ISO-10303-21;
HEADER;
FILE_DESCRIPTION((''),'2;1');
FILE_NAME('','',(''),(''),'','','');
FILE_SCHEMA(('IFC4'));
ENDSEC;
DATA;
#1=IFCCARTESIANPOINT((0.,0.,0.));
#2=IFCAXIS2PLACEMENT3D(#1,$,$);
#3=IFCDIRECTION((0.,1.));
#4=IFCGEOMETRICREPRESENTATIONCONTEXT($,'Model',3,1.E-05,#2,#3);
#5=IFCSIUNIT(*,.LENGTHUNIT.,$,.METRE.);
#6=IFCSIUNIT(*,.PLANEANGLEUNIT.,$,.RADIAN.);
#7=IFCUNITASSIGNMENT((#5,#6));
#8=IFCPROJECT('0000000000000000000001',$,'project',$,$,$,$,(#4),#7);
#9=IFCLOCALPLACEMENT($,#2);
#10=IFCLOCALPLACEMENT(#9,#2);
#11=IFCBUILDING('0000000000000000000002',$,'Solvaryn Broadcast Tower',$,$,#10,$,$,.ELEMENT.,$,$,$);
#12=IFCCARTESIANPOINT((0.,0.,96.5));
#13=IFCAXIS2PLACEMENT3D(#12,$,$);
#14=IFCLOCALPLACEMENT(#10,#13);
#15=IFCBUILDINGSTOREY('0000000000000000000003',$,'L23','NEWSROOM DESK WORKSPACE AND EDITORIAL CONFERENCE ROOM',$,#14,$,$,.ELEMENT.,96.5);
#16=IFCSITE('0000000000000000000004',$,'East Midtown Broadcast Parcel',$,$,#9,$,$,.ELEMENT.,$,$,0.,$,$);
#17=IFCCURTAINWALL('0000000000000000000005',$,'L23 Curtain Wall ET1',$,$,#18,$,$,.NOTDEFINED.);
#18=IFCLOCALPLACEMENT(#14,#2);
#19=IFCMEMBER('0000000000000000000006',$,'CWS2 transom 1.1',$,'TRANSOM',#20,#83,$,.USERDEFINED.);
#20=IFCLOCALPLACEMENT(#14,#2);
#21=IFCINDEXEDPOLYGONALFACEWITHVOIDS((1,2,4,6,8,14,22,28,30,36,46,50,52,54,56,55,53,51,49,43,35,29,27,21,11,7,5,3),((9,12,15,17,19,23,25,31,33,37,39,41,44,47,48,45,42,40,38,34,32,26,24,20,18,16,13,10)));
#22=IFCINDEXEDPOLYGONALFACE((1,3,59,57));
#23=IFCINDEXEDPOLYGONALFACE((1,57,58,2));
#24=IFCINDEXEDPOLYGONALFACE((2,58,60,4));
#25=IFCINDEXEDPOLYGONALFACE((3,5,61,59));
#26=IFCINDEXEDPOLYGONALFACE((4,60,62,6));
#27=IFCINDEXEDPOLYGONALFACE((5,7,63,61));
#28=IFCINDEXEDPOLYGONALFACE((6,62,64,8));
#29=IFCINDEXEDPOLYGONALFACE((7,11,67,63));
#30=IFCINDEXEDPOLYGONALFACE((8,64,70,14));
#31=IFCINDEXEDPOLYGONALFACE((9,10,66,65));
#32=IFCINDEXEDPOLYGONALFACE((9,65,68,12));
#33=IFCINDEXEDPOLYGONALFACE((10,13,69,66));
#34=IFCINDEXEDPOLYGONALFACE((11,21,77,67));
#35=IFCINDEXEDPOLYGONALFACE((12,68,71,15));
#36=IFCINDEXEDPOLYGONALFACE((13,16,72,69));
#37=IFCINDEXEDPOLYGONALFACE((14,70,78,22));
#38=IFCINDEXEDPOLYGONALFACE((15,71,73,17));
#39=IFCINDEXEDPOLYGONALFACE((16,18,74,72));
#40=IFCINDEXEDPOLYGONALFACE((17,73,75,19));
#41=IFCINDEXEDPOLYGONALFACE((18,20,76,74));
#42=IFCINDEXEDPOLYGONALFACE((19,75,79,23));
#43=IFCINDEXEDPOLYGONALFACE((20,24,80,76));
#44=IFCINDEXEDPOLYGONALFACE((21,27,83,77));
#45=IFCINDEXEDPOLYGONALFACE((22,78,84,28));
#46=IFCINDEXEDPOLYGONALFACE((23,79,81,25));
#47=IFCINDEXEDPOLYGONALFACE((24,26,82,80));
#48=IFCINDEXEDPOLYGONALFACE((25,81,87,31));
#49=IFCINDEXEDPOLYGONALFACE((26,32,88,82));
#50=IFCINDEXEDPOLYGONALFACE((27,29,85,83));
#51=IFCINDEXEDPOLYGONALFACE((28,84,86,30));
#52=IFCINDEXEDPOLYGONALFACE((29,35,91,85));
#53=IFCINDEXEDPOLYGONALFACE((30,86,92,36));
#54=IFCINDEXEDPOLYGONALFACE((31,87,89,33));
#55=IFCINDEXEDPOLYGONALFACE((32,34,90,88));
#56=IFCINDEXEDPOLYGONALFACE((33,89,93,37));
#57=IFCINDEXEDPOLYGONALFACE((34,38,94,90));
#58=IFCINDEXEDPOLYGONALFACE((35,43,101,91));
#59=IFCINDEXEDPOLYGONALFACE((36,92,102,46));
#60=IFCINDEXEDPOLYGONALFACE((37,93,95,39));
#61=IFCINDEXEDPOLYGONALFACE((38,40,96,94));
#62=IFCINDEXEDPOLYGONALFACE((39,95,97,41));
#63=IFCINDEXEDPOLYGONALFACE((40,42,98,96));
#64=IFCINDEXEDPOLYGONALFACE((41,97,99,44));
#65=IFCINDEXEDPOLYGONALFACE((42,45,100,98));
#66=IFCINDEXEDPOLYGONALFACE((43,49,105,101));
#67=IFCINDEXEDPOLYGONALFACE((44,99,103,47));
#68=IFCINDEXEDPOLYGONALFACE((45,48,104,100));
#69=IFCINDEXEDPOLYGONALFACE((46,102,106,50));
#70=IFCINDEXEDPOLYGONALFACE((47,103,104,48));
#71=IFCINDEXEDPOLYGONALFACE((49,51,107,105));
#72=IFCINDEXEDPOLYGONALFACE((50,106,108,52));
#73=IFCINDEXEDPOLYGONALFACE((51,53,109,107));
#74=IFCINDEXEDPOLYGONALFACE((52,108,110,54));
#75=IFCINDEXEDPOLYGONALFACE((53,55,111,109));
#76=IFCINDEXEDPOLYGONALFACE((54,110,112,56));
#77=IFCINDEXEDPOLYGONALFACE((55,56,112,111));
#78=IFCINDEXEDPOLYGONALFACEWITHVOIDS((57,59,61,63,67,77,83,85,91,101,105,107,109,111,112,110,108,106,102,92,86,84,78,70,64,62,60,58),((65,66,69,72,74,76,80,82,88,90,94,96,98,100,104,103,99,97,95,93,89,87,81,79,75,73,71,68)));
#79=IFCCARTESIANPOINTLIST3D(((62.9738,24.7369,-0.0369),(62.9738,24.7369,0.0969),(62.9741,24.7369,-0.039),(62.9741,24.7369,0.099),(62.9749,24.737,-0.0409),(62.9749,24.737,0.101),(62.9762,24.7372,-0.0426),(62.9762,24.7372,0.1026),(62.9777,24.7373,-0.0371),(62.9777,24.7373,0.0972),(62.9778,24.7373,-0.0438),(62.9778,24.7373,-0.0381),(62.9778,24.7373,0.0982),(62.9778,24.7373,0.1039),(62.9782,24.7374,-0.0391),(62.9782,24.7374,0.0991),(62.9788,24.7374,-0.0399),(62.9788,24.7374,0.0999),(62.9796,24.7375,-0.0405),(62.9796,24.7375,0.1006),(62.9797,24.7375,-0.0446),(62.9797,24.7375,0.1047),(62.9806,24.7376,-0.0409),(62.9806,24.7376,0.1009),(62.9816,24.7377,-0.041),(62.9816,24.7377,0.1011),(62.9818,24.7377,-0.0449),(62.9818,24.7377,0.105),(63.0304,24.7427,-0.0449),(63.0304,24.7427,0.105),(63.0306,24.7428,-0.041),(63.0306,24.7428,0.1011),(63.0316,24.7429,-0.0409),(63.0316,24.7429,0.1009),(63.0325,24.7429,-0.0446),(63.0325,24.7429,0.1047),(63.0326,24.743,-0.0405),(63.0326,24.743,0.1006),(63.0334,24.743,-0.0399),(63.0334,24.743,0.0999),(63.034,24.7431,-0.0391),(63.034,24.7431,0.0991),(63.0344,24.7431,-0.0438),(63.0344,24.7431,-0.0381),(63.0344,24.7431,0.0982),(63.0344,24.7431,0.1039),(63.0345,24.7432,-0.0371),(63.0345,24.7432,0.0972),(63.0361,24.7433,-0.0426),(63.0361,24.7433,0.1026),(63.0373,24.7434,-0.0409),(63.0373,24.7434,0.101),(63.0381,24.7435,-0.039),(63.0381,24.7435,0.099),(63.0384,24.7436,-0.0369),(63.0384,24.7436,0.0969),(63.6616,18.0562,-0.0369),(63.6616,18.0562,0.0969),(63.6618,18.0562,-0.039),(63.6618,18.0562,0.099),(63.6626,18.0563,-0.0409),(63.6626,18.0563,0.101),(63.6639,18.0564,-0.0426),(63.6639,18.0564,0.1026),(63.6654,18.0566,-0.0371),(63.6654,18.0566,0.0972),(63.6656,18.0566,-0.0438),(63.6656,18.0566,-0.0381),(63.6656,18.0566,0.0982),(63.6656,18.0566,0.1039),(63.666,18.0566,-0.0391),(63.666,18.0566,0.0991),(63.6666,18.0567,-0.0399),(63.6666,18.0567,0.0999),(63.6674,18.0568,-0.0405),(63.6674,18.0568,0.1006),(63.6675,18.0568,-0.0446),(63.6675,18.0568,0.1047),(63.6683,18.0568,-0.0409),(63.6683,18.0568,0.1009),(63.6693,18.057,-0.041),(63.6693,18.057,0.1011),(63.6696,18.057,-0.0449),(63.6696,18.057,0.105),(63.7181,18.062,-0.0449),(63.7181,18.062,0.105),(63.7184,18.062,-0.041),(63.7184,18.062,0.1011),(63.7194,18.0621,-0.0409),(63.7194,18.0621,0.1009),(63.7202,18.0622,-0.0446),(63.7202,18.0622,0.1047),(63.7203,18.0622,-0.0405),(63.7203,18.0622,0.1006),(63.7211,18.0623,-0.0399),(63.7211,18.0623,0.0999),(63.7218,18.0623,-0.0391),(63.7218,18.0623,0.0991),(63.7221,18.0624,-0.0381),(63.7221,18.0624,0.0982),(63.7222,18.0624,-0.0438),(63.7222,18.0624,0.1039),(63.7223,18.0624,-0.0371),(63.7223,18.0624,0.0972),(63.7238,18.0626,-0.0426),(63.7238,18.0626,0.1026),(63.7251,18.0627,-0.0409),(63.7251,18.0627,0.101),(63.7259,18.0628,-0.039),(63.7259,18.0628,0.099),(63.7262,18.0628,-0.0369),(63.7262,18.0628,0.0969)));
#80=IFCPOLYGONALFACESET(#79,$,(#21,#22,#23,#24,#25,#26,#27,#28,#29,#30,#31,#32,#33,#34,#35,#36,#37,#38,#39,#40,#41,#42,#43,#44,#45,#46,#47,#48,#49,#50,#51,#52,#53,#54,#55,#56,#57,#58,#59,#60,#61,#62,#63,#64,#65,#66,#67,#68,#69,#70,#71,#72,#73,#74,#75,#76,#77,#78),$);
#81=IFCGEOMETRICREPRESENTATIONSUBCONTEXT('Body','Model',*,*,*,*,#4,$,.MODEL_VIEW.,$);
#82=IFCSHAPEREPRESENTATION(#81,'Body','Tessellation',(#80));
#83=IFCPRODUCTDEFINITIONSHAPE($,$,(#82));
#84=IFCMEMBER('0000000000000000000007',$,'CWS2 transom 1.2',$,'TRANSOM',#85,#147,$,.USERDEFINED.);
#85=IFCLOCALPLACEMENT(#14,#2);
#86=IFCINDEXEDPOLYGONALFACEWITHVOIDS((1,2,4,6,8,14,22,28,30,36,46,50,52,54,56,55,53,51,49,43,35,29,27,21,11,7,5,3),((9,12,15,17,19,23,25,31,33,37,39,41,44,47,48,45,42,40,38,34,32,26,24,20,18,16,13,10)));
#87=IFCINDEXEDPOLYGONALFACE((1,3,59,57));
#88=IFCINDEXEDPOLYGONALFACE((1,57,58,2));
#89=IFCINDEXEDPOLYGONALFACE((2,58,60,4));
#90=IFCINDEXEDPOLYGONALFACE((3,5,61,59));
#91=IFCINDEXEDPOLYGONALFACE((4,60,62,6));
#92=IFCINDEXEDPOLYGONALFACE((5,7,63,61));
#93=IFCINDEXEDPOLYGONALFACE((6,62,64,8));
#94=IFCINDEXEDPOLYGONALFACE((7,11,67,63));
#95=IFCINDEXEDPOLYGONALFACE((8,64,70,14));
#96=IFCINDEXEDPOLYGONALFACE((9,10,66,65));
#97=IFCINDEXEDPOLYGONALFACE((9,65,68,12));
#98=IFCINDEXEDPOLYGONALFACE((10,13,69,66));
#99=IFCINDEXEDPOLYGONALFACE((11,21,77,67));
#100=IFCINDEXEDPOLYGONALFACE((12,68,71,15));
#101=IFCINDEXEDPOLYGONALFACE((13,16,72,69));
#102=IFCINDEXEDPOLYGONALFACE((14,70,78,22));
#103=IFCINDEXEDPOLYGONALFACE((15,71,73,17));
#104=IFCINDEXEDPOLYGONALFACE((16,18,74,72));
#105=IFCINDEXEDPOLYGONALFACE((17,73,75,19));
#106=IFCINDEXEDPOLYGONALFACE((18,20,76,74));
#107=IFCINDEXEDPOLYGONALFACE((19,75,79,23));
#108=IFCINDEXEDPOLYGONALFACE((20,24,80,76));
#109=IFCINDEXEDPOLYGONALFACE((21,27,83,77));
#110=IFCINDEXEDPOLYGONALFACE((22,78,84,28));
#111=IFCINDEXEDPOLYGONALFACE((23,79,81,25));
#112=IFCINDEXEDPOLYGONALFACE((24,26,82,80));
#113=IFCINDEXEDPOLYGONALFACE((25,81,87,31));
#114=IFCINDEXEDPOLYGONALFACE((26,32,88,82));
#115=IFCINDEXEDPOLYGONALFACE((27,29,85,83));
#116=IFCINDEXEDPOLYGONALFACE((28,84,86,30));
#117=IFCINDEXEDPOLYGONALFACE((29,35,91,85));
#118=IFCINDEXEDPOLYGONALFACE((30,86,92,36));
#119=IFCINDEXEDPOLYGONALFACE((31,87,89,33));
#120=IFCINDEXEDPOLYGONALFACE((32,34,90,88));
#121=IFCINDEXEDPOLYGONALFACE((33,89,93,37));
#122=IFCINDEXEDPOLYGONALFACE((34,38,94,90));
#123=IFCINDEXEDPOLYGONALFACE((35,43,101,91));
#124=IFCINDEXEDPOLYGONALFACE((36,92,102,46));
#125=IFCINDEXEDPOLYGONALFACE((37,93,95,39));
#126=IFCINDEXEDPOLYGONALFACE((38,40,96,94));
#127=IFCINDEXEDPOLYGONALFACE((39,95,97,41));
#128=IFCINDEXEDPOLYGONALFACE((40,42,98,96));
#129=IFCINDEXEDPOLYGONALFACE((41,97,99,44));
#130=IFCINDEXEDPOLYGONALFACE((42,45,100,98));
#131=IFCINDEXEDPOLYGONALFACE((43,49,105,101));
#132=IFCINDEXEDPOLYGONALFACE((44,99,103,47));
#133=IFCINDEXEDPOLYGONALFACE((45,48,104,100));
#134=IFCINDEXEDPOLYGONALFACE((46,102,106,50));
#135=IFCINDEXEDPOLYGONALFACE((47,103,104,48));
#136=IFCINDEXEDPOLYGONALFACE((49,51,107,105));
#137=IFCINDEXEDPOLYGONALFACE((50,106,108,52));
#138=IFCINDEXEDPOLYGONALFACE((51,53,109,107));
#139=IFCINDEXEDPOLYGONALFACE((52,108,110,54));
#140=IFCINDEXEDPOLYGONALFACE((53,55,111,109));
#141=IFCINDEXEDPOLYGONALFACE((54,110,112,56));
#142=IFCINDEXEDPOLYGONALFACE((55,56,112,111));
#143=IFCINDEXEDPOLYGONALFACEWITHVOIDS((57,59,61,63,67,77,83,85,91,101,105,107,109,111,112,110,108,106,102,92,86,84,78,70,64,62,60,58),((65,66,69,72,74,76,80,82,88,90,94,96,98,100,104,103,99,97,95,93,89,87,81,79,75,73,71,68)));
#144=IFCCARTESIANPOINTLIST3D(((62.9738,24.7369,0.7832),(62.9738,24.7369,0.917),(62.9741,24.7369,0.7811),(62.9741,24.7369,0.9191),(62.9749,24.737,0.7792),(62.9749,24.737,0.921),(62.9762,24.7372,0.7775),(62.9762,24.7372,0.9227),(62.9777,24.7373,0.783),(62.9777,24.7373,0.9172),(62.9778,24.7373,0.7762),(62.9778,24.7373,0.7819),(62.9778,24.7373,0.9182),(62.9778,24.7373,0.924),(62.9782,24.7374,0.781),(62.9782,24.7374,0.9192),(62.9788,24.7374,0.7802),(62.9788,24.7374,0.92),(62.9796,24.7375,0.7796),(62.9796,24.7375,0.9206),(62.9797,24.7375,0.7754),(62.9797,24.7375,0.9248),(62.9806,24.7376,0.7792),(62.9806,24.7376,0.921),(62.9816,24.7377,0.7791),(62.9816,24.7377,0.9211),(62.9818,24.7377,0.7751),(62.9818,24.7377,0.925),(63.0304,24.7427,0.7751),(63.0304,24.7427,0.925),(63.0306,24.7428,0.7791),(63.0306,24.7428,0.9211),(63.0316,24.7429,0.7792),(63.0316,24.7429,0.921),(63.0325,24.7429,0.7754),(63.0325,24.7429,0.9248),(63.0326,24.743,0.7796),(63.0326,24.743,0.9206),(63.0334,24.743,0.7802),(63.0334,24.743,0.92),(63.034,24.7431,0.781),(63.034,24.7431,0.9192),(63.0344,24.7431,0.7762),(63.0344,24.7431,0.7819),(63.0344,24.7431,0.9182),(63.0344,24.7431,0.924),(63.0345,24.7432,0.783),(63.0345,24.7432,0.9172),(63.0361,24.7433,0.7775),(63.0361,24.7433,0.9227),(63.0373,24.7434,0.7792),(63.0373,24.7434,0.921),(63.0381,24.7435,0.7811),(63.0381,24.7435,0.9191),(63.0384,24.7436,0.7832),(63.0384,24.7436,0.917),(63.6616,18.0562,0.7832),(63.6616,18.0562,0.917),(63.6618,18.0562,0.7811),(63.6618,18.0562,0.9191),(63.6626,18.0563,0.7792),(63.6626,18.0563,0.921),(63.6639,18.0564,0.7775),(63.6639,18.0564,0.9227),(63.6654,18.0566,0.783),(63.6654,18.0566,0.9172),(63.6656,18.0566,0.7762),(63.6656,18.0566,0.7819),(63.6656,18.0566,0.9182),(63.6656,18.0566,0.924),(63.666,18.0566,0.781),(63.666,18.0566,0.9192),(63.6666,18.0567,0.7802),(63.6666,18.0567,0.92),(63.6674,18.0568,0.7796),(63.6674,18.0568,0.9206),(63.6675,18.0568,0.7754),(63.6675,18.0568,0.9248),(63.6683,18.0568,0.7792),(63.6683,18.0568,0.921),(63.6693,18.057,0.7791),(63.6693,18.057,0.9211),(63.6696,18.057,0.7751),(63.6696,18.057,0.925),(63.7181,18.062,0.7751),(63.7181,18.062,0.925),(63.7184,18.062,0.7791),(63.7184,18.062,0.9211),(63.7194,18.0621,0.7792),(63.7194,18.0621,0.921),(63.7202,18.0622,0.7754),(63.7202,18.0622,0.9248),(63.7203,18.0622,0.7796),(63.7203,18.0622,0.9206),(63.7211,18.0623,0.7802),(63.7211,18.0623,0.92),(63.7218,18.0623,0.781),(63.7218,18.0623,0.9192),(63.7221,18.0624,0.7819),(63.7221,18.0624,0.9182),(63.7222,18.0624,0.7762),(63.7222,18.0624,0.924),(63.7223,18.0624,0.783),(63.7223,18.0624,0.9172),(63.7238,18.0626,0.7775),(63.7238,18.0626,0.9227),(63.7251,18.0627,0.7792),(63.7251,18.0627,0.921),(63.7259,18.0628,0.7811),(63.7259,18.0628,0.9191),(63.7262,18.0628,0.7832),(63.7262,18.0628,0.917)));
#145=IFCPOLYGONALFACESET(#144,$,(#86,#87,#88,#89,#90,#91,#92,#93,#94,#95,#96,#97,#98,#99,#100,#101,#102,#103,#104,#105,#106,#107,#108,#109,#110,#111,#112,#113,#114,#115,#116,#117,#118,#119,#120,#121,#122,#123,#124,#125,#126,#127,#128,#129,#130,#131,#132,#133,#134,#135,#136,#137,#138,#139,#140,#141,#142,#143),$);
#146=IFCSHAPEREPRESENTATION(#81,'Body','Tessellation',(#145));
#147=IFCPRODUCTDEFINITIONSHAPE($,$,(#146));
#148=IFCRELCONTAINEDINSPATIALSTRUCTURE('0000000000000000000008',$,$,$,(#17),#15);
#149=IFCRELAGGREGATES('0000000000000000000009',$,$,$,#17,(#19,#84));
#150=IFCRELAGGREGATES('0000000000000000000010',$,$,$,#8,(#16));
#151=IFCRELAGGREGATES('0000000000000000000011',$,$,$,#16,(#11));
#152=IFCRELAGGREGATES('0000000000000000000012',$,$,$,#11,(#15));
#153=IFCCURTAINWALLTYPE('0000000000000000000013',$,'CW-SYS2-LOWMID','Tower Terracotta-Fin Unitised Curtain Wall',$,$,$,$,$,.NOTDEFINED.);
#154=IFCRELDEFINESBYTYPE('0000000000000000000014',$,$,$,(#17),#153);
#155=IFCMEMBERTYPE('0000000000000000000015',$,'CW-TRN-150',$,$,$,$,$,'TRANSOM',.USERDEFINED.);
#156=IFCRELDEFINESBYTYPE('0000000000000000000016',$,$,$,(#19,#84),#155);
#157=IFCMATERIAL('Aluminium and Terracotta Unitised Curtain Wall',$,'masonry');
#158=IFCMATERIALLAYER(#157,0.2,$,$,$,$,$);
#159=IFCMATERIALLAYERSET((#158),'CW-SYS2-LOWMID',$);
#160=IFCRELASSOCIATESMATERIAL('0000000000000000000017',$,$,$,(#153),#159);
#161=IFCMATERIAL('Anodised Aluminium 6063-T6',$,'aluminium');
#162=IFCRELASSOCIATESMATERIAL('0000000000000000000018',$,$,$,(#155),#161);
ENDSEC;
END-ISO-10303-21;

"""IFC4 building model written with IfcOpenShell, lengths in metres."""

from ifc_helpers import new_model, si_unit, direction, frame, origin, origin_2d, place, context, subcontext, project, spatial, hollow_rectangle, extrude, material, layer, layer_set, material_profile, profile_set, type_object, element, aggregate, save


model = new_model("IFC4")

# Units and contexts
model_context = context("Model", 3, precision=1e-05, world=origin(), true_north=direction((0.0, 1.0)))
body_context = subcontext(model_context, "Body", "Model", "MODEL_VIEW")
ifc_project = project(units=[si_unit("LENGTHUNIT", "METRE"), si_unit("PLANEANGLEUNIT", "RADIAN")], contexts=[model_context])

# Site, building, storey
site_placement = place(None, origin())
site = spatial("IfcSite", under=ifc_project, at=site_placement, Name="East Midtown Broadcast Parcel", CompositionType="ELEMENT", RefElevation=0.0)
building_placement = place(site_placement, origin())
building = spatial("IfcBuilding", under=site, at=building_placement, Name="Solvaryn Broadcast Tower", CompositionType="ELEMENT")
storey_placement = place(building_placement, frame((0.0, 0.0, 96.5)))
storey = spatial("IfcBuildingStorey", under=building, at=storey_placement, Name="L23", Description="NEWSROOM DESK WORKSPACE AND EDITORIAL CONFERENCE ROOM", CompositionType="ELEMENT", Elevation=96.5)

# Curtain wall
ifc_material_1 = material(Name="Aluminium and Terracotta Unitised Curtain Wall", Category="masonry")
ifc_layer_1 = layer(ifc_material_1, 0.2)
ifc_layer_set_1 = layer_set([ifc_layer_1], Name="CW-SYS2-LOWMID")
curtain_wall_type = type_object("IfcCurtainWallType", Name="CW-SYS2-LOWMID", Description="Tower Terracotta-Fin Unitised Curtain Wall", PredefinedType="NOTDEFINED", material=ifc_layer_set_1)
curtain_wall_1_placement = place(storey_placement, origin())
curtain_wall_1 = element("IfcCurtainWall", 1, at=curtain_wall_1_placement, inside=storey, type_object=curtain_wall_type, Name="L23 Curtain Wall ET1", PredefinedType="NOTDEFINED")

# Members
ifc_material_2 = material(Name="Anodised Aluminium 6063-T6", Category="aluminium")
ifc_material_profile_1 = material_profile(ifc_material_2, hollow_rectangle(XDim=0.0649, YDim=0.1499, WallThickness=0.0039, InnerFilletRadius=0.0039, OuterFilletRadius=0.0081, at=origin_2d()))
ifc_profile_set_1 = profile_set([ifc_material_profile_1], Name="Anodised Aluminium 6063-T6")
member_type_1 = type_object("IfcMemberType", Name="CW-TRN-150", ElementType="TRANSOM", PredefinedType="USERDEFINED", material=ifc_profile_set_1)
member_1_placement = place(storey_placement, frame((63.0061, 24.7402, 0.03), z_axis=(0.102404, -0.994743, 0.0), x_axis=(0.994743, 0.102404, 0.0)))
member_1 = element("IfcMember", 2, at=member_1_placement, type_object=member_type_1, Name="CWS2 transom 1.1", ObjectType="TRANSOM", PredefinedType="USERDEFINED", context=body_context, shape_type="SweptSolid", body=[
    extrude(hollow_rectangle(XDim=0.0649, YDim=0.1499, WallThickness=0.0039, InnerFilletRadius=0.0039, OuterFilletRadius=0.0081, at=origin_2d()), origin(), (0.0, 0.0, 1.0), 6.7161),
])
member_2_placement = place(storey_placement, frame((63.0061, 24.7402, 0.8501), z_axis=(0.102404, -0.994743, 0.0), x_axis=(0.994743, 0.102404, 0.0)))
member_2 = element("IfcMember", 3, at=member_2_placement, type_object=member_type_1, Name="CWS2 transom 1.2", ObjectType="TRANSOM", PredefinedType="USERDEFINED", context=body_context, shape_type="SweptSolid", body=[
    extrude(hollow_rectangle(XDim=0.0649, YDim=0.1499, WallThickness=0.0039, InnerFilletRadius=0.0039, OuterFilletRadius=0.0081, at=origin_2d()), origin(), (0.0, 0.0, 1.0), 6.7161),
])

aggregate(curtain_wall_1, [member_1, member_2])

save(model, "model.ifc")
